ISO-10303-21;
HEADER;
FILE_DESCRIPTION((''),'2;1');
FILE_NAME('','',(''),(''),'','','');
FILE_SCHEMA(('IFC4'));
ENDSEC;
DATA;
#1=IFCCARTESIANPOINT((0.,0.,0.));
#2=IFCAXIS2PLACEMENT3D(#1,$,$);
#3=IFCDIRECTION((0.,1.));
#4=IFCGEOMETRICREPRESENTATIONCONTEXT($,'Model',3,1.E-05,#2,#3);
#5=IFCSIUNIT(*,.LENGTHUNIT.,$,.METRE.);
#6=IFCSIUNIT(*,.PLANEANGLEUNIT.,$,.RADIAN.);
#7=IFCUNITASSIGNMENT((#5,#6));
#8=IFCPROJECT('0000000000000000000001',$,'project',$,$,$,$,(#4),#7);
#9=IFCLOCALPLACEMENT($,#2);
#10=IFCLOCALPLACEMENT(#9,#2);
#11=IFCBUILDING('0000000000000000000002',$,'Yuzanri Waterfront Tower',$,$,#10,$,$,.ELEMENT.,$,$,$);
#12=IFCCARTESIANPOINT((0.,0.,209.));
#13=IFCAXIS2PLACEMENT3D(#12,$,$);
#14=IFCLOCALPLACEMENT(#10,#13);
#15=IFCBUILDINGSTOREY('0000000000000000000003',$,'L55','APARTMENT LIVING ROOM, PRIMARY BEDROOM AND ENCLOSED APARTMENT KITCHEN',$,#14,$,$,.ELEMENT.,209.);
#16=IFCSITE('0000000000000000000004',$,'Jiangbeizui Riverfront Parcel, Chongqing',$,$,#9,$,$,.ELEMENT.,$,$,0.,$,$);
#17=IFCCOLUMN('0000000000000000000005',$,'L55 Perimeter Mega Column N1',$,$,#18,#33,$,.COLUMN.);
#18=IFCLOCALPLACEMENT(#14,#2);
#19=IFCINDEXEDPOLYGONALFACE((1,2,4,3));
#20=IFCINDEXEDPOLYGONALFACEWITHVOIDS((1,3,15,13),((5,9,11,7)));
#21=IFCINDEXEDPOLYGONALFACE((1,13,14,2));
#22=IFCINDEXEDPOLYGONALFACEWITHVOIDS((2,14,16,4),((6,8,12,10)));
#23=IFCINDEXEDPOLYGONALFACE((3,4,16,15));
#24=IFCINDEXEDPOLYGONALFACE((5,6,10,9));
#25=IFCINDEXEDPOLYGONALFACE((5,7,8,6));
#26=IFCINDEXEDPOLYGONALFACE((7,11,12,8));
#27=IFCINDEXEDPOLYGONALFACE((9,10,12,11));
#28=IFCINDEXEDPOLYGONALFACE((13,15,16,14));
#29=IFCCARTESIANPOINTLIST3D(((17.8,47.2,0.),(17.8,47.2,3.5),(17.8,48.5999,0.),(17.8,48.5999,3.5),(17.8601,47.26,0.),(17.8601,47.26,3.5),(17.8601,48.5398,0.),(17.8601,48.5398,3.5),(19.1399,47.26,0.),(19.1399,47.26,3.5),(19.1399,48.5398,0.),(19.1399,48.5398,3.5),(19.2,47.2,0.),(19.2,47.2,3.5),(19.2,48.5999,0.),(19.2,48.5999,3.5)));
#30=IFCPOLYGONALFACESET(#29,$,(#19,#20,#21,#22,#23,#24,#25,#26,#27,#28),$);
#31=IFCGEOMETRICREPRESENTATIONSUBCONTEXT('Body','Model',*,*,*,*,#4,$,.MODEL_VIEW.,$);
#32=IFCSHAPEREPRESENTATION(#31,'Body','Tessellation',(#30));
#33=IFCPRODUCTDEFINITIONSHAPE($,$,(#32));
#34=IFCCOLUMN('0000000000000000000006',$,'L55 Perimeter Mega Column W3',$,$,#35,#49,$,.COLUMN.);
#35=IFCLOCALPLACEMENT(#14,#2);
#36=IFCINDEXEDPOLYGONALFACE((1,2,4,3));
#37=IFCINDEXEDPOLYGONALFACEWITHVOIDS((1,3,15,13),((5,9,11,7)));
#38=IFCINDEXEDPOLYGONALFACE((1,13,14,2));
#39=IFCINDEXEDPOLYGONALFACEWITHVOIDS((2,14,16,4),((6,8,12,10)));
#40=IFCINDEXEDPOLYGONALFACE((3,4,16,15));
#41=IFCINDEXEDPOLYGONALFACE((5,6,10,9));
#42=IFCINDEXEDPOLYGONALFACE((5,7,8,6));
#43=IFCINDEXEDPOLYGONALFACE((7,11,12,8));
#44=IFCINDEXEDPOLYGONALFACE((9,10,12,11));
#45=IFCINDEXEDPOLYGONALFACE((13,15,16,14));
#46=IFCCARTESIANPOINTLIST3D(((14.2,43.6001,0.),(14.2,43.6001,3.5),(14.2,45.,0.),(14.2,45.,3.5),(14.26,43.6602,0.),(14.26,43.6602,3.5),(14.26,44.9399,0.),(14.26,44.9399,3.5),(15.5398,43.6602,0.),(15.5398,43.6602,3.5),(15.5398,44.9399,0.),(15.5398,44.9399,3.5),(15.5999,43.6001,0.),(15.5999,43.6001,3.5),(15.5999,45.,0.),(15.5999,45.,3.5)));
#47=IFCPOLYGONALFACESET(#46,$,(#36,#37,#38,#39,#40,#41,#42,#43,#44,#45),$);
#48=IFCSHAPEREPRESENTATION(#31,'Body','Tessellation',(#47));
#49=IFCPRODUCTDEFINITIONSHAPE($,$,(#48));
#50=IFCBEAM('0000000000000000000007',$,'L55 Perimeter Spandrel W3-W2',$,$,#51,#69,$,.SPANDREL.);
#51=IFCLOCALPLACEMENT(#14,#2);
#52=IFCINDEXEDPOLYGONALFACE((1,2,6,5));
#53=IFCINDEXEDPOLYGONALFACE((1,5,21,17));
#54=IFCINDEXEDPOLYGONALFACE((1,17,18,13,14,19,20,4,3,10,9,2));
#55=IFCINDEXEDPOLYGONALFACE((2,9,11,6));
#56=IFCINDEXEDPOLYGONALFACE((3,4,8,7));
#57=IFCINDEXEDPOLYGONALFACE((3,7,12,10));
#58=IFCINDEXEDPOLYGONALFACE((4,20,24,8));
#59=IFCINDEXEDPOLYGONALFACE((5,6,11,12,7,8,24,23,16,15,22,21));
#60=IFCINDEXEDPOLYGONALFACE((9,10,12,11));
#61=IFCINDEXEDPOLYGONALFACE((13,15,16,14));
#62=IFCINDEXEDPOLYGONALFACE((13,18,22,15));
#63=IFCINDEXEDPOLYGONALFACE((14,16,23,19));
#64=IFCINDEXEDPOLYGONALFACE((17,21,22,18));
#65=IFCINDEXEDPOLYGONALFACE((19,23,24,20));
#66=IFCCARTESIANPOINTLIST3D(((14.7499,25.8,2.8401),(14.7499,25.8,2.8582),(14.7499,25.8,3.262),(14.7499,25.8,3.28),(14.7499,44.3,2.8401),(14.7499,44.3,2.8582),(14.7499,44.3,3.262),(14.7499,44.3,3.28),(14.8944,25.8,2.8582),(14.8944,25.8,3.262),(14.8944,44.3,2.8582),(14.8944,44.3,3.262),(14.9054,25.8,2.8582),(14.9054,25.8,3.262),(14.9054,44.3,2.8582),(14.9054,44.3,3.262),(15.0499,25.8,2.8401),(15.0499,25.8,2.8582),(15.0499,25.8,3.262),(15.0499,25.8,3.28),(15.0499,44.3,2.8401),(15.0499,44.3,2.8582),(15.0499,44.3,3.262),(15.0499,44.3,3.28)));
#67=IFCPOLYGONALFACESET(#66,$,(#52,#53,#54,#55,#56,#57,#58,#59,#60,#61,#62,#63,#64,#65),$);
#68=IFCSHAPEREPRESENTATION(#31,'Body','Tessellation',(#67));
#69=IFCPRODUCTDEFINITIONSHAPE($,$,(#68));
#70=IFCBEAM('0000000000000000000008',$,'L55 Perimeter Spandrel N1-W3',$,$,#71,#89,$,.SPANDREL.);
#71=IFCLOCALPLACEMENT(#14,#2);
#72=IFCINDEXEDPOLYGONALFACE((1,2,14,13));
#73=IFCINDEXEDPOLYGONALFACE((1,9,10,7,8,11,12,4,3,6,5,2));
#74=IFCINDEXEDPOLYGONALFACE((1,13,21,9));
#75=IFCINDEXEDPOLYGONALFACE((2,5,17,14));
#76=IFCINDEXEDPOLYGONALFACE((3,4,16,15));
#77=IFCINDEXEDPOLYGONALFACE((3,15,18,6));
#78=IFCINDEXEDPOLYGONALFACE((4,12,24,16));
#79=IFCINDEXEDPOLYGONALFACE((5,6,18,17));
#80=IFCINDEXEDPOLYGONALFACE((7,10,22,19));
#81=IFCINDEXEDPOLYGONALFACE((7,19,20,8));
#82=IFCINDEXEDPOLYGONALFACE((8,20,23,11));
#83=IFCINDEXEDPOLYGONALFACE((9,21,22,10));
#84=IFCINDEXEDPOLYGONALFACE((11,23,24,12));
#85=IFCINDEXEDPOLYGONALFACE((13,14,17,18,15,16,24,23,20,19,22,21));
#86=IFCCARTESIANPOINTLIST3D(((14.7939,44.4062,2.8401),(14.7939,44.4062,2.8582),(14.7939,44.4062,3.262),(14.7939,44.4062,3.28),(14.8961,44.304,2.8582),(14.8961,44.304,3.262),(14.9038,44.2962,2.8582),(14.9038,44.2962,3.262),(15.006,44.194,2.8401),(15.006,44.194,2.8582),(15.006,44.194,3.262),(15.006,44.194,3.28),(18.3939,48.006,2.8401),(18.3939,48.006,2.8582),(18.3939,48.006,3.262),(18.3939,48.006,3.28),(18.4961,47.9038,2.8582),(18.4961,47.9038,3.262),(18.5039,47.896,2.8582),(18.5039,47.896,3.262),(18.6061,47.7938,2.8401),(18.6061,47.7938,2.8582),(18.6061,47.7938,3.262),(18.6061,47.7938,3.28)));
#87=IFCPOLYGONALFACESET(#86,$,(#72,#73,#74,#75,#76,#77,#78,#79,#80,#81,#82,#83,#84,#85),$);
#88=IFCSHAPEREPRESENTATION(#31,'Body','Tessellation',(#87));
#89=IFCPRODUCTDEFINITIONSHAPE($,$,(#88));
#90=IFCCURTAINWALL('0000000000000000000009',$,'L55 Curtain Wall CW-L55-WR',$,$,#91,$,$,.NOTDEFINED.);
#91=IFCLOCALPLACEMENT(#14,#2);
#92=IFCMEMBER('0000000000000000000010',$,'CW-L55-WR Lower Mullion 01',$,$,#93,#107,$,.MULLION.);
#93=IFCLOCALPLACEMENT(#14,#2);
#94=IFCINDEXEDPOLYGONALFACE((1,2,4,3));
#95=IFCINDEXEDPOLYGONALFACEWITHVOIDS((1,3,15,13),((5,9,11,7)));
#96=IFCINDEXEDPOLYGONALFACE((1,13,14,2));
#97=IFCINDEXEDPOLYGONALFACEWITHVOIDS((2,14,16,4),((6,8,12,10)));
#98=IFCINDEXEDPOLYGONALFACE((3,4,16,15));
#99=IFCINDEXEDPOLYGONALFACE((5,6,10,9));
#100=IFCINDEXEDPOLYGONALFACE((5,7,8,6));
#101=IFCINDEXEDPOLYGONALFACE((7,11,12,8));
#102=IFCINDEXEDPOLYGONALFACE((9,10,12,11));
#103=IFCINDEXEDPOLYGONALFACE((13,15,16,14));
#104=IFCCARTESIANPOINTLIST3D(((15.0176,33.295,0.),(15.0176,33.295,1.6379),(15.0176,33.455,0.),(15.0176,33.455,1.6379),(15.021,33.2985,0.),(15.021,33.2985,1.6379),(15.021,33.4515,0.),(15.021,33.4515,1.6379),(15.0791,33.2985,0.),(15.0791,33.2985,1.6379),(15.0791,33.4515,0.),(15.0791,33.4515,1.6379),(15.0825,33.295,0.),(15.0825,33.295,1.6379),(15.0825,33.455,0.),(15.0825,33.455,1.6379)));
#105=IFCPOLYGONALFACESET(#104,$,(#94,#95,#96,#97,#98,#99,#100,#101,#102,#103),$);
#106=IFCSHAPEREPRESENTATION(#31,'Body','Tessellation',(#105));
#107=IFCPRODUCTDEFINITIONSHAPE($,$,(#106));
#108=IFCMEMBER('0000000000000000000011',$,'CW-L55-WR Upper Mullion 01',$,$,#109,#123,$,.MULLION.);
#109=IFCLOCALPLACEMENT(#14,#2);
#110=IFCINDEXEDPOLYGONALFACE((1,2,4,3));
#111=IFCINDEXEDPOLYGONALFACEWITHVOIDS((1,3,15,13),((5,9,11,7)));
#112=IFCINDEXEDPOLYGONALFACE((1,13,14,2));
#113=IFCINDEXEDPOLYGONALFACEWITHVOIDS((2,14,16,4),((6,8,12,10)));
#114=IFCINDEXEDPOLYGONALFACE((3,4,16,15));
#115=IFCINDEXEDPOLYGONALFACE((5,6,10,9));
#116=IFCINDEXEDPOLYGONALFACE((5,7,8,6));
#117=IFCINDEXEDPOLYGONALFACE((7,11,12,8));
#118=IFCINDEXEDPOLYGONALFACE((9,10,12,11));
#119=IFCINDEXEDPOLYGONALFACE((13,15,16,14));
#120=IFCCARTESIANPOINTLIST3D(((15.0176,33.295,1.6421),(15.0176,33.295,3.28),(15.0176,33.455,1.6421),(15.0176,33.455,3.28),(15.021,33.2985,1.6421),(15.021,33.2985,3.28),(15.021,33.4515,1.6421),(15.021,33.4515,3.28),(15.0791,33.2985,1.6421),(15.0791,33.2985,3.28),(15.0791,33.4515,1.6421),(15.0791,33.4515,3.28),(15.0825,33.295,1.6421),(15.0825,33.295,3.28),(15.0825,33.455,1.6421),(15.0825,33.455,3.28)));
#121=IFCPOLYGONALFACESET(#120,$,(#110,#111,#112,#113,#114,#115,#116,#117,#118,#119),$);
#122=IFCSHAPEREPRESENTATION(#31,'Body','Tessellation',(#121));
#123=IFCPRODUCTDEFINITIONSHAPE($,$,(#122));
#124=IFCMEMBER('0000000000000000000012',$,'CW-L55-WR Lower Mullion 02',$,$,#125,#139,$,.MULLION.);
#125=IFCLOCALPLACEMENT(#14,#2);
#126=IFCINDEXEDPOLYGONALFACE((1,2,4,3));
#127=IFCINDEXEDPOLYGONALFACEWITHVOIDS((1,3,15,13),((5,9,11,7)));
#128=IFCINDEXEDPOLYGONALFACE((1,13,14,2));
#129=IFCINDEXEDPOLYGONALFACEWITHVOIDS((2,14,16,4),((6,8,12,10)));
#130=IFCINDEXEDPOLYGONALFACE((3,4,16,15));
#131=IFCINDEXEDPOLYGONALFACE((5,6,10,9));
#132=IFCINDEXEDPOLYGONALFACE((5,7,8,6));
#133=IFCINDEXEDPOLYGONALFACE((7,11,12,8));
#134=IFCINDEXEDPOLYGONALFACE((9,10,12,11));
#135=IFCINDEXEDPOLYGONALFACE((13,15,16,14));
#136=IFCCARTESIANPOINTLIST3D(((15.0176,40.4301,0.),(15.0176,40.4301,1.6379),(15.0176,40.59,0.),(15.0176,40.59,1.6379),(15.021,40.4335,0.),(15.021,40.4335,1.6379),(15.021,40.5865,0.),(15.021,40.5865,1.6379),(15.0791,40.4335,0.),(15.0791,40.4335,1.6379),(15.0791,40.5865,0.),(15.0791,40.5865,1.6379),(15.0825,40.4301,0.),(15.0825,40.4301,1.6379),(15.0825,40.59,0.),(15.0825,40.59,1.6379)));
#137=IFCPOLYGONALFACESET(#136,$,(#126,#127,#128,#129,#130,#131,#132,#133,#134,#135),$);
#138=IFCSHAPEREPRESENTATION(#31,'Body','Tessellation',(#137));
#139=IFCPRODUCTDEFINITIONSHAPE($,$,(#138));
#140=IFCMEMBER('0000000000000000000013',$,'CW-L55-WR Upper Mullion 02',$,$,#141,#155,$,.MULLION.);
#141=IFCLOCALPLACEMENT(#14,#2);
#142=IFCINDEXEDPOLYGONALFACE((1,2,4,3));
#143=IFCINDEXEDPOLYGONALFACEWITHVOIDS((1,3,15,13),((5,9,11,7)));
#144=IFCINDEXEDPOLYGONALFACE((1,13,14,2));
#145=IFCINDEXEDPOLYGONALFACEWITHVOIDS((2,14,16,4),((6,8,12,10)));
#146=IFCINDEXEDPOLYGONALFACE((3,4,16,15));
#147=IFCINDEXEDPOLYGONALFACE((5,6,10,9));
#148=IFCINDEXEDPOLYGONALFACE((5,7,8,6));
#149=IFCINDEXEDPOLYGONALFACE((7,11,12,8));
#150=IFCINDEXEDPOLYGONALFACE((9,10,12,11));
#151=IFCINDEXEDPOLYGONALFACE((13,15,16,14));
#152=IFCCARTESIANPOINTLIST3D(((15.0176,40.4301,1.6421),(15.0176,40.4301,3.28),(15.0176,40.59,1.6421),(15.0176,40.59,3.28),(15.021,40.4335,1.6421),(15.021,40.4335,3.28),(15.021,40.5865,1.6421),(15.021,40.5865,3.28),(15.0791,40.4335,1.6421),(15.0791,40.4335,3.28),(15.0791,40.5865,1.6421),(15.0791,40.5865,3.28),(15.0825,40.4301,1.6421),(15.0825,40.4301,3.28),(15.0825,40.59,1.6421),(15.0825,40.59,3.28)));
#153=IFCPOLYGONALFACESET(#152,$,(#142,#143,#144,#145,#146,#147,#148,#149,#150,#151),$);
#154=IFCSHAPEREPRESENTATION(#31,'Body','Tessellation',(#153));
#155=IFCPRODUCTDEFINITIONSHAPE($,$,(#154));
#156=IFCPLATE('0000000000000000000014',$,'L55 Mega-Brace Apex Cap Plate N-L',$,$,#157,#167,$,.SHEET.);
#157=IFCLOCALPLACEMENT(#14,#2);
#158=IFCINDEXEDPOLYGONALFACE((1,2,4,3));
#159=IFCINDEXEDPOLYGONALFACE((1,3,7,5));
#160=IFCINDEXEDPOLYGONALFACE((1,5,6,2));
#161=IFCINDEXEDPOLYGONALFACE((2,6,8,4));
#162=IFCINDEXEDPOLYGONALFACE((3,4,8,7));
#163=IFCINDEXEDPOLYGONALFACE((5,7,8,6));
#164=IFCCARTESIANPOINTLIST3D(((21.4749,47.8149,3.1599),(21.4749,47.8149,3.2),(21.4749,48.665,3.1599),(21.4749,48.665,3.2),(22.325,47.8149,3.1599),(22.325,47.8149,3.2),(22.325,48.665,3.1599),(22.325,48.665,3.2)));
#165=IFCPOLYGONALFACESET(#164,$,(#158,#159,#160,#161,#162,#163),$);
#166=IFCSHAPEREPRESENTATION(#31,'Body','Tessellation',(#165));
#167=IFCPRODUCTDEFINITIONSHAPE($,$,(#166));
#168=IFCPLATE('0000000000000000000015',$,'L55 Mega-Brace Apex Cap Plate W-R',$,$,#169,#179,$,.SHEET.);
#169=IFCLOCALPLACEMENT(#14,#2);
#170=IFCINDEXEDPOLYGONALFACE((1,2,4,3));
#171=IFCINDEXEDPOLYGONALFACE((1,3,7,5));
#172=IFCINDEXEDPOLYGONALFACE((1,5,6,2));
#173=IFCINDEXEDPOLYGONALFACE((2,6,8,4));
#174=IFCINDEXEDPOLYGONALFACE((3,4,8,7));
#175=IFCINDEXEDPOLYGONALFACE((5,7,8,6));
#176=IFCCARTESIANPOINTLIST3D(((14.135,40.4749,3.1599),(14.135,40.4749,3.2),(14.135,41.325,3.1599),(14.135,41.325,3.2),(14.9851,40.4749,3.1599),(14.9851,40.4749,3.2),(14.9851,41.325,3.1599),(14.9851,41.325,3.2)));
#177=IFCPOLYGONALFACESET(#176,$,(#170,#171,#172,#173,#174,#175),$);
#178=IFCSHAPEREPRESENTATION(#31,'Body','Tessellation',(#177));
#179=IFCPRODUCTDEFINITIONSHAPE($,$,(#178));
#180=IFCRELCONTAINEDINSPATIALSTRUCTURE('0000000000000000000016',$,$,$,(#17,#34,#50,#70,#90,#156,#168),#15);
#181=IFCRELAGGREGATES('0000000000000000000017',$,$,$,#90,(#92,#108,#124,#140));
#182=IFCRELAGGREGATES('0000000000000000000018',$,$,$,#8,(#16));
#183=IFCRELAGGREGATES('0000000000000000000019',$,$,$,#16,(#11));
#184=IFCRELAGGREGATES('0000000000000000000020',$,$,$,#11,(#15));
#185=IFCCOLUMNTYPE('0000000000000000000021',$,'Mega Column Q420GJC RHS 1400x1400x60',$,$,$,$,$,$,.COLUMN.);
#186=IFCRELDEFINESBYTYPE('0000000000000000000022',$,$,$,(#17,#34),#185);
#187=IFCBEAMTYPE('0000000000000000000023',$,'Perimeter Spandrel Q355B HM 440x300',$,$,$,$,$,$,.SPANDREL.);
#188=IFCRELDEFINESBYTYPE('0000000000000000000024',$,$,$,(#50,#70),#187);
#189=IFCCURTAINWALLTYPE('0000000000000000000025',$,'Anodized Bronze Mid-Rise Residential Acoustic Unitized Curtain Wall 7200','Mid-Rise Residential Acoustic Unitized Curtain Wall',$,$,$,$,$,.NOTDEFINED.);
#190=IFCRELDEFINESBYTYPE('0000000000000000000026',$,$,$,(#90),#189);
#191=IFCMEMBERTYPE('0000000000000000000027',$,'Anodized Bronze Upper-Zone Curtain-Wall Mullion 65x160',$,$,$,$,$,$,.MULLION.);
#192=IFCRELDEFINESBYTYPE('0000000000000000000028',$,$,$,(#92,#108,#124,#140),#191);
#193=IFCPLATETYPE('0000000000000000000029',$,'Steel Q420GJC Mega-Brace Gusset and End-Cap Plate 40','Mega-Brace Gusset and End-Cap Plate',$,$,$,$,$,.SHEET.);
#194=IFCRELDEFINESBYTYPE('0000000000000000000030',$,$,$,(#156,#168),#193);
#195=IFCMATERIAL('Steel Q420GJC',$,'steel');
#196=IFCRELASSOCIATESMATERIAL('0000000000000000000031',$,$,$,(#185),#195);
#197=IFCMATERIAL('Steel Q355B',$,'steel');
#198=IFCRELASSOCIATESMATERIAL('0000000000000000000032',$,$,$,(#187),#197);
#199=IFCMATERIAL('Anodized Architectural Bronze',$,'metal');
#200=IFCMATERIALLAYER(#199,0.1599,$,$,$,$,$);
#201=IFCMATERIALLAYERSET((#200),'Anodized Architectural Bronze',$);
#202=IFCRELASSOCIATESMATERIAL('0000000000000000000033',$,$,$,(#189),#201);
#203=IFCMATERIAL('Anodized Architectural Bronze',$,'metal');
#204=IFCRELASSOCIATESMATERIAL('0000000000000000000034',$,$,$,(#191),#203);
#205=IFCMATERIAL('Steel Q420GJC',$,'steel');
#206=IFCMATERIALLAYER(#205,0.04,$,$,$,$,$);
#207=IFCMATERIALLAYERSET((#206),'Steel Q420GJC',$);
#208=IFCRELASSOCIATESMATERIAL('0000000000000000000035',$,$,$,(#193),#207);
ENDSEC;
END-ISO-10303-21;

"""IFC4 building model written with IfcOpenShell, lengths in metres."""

from ifc_helpers import new_model, si_unit, direction, frame, origin, origin_2d, place, context, subcontext, project, spatial, rectangle, hollow_rectangle, i_section, extrude, source, transform, mapped, material, layer, layer_set, material_profile, profile_set, type_object, element, aggregate, save


model = new_model("IFC4")

# Units and contexts
model_context = context("Model", 3, precision=1e-05, world=origin(), true_north=direction((0.0, 1.0)))
body_context = subcontext(model_context, "Body", "Model", "MODEL_VIEW")
ifc_project = project(units=[si_unit("LENGTHUNIT", "METRE"), si_unit("PLANEANGLEUNIT", "RADIAN")], contexts=[model_context])

# Site, building, storey
site_placement = place(None, origin())
site = spatial("IfcSite", under=ifc_project, at=site_placement, Name="Jiangbeizui Riverfront Parcel, Chongqing", CompositionType="ELEMENT", RefElevation=0.0)
building_placement = place(site_placement, origin())
building = spatial("IfcBuilding", under=site, at=building_placement, Name="Yuzanri Waterfront Tower", CompositionType="ELEMENT")
storey_placement = place(building_placement, frame((0.0, 0.0, 209.0)))
storey = spatial("IfcBuildingStorey", under=building, at=storey_placement, Name="L55", Description="APARTMENT LIVING ROOM, PRIMARY BEDROOM AND ENCLOSED APARTMENT KITCHEN", CompositionType="ELEMENT", Elevation=209.0)

# Columns
ifc_material_1 = material(Name="Steel Q420GJC", Category="steel")
ifc_material_profile_1 = material_profile(ifc_material_1, hollow_rectangle(XDim=1.3999, YDim=1.3999, WallThickness=0.0601, at=origin_2d()), Name="RHS 1400x1400x60")
ifc_profile_set_1 = profile_set([ifc_material_profile_1], Name="Steel Q420GJC")
column_type = type_object("IfcColumnType", Name="Mega Column Q420GJC RHS 1400x1400x60", PredefinedType="COLUMN", material=ifc_profile_set_1)
shared_shape_1 = source(origin(), body_context, "Body", "SweptSolid", [
    extrude(hollow_rectangle(XDim=1.3999, YDim=1.3999, WallThickness=0.0601, at=origin_2d()), origin(), (0.0, 0.0, 1.0), 3.5),
])
for number, where, z_axis, x_axis, name in (
    (1, (18.5, 47.8999, 0.0), (0.0, 0.0, 1.0), (1.0, 0.0, 0.0), "L55 Perimeter Mega Column N1"),
    (2, (14.8999, 44.3, 0.0), (0.0, 0.0, 1.0), (1.0, 0.0, 0.0), "L55 Perimeter Mega Column W3"),
):
    element("IfcColumn", number, at=place(storey_placement, frame(where, z_axis=z_axis, x_axis=x_axis)), inside=storey, type_object=column_type, Name=name, PredefinedType="COLUMN", context=body_context, shape_type="MappedRepresentation", body=[
        mapped(shared_shape_1, transform((0.0, 0.0, 0.0), scale=1.0)),
    ])

# Beams
ifc_material_2 = material(Name="Steel Q355B", Category="steel")
ifc_material_profile_2 = material_profile(ifc_material_2, i_section(OverallWidth=0.3, OverallDepth=0.4399, WebThickness=0.011, FlangeThickness=0.0181, at=origin_2d()), Name="HM 440x300x11x18")
ifc_profile_set_2 = profile_set([ifc_material_profile_2], Name="Steel Q355B")
beam_type = type_object("IfcBeamType", Name="Perimeter Spandrel Q355B HM 440x300", PredefinedType="SPANDREL", material=ifc_profile_set_2)
shared_shape_2 = source(origin(), body_context, "Body", "SweptSolid", [
    extrude(i_section(OverallWidth=0.3, OverallDepth=0.4399, WebThickness=0.011, FlangeThickness=0.0181, at=origin_2d()), origin(), (0.0, 0.0, 1.0), 18.5),
])
beam_1_placement = place(storey_placement, frame((14.8999, 44.3, 3.0601), z_axis=(0.0, -1.0, 0.0), x_axis=(1.0, 0.0, 0.0)))
element("IfcBeam", 3, at=beam_1_placement, inside=storey, type_object=beam_type, Name="L55 Perimeter Spandrel W3-W2", PredefinedType="SPANDREL", context=body_context, shape_type="MappedRepresentation", body=[
    mapped(shared_shape_2, transform((0.0, 0.0, 0.0), scale=1.0)),
])
shared_shape_3 = source(origin(), body_context, "Body", "SweptSolid", [
    extrude(i_section(OverallWidth=0.3, OverallDepth=0.4399, WebThickness=0.011, FlangeThickness=0.0181, at=origin_2d()), origin(), (0.0, 0.0, 1.0), 5.0911),
])
beam_2_placement = place(storey_placement, frame((18.5, 47.8999, 3.0601), z_axis=(-0.707131, -0.707083, 0.0), x_axis=(0.707083, -0.707131, 0.0)))
element("IfcBeam", 4, at=beam_2_placement, inside=storey, type_object=beam_type, Name="L55 Perimeter Spandrel N1-W3", PredefinedType="SPANDREL", context=body_context, shape_type="MappedRepresentation", body=[
    mapped(shared_shape_3, transform((0.0, 0.0, 0.0), scale=1.0)),
])

# Curtain wall, members
ifc_material_3 = material(Name="Anodized Architectural Bronze", Category="metal")
ifc_layer_1 = layer(ifc_material_3, 0.1599)
ifc_layer_set_1 = layer_set([ifc_layer_1], Name="Anodized Architectural Bronze")
curtain_wall_type = type_object("IfcCurtainWallType", Name="Anodized Bronze Mid-Rise Residential Acoustic Unitized Curtain Wall 7200", Description="Mid-Rise Residential Acoustic Unitized Curtain Wall", PredefinedType="NOTDEFINED", material=ifc_layer_set_1)
curtain_wall_placement = place(storey_placement, origin())
curtain_wall = element("IfcCurtainWall", 5, at=curtain_wall_placement, inside=storey, type_object=curtain_wall_type, Name="L55 Curtain Wall CW-L55-WR", PredefinedType="NOTDEFINED")
ifc_material_4 = material(Name="Anodized Architectural Bronze", Category="metal")
ifc_material_profile_3 = material_profile(ifc_material_4, hollow_rectangle(XDim=0.0649, YDim=0.1599, WallThickness=0.0034, at=origin_2d()), Name="CWM 65x160")
ifc_profile_set_3 = profile_set([ifc_material_profile_3], Name="Anodized Architectural Bronze")
member_type = type_object("IfcMemberType", Name="Anodized Bronze Upper-Zone Curtain-Wall Mullion 65x160", PredefinedType="MULLION", material=ifc_profile_set_3)
shared_shape_4 = source(origin(), body_context, "Body", "SweptSolid", [
    extrude(hollow_rectangle(XDim=0.0649, YDim=0.1599, WallThickness=0.0034, at=origin_2d()), origin(), (0.0, 0.0, 1.0), 1.6379),
])
member_1_placement = place(storey_placement, frame((15.05, 33.375, 0.0), z_axis=(0.0, 0.0, 1.0), x_axis=(1.0, 0.0, 0.0)))
member_1 = element("IfcMember", 6, at=member_1_placement, type_object=member_type, Name="CW-L55-WR Lower Mullion 01", PredefinedType="MULLION", context=body_context, shape_type="MappedRepresentation", body=[
    mapped(shared_shape_4, transform((0.0, 0.0, 0.0), scale=1.0)),
])
member_2_placement = place(storey_placement, frame((15.05, 33.375, 1.6421), z_axis=(0.0, 0.0, 1.0), x_axis=(1.0, 0.0, 0.0)))
member_2 = element("IfcMember", 7, at=member_2_placement, type_object=member_type, Name="CW-L55-WR Upper Mullion 01", PredefinedType="MULLION", context=body_context, shape_type="MappedRepresentation", body=[
    mapped(shared_shape_4, transform((0.0, 0.0, 0.0), scale=1.0)),
])
member_3_placement = place(storey_placement, frame((15.05, 40.51, 0.0), z_axis=(0.0, 0.0, 1.0), x_axis=(1.0, 0.0, 0.0)))
member_3 = element("IfcMember", 8, at=member_3_placement, type_object=member_type, Name="CW-L55-WR Lower Mullion 02", PredefinedType="MULLION", context=body_context, shape_type="MappedRepresentation", body=[
    mapped(shared_shape_4, transform((0.0, 0.0, 0.0), scale=1.0)),
])
member_4_placement = place(storey_placement, frame((15.05, 40.51, 1.6421), z_axis=(0.0, 0.0, 1.0), x_axis=(1.0, 0.0, 0.0)))
member_4 = element("IfcMember", 9, at=member_4_placement, type_object=member_type, Name="CW-L55-WR Upper Mullion 02", PredefinedType="MULLION", context=body_context, shape_type="MappedRepresentation", body=[
    mapped(shared_shape_4, transform((0.0, 0.0, 0.0), scale=1.0)),
])

# Plates
ifc_material_5 = material(Name="Steel Q420GJC", Category="steel")
ifc_layer_2 = layer(ifc_material_5, 0.04)
ifc_layer_set_2 = layer_set([ifc_layer_2], Name="Steel Q420GJC")
plate_type_1 = type_object("IfcPlateType", Name="Steel Q420GJC Mega-Brace Gusset and End-Cap Plate 40", Description="Mega-Brace Gusset and End-Cap Plate", PredefinedType="SHEET", material=ifc_layer_set_2)
shared_shape_5 = source(origin(), body_context, "Body", "SweptSolid", [
    extrude(rectangle(XDim=0.8501, YDim=0.8501, at=origin_2d()), origin(), (0.0, 0.0, 1.0), 0.04),
])
for number, where, z_axis, x_axis, name in (
    (10, (21.8999, 48.24, 3.1599), (0.0, 0.0, 1.0), (1.0, 0.0, 0.0), "L55 Mega-Brace Apex Cap Plate N-L"),
    (11, (14.5601, 40.8999, 3.1599), (0.0, 0.0, 1.0), (1.0, 0.0, 0.0), "L55 Mega-Brace Apex Cap Plate W-R"),
):
    element("IfcPlate", number, at=place(storey_placement, frame(where, z_axis=z_axis, x_axis=x_axis)), inside=storey, type_object=plate_type_1, Name=name, PredefinedType="SHEET", context=body_context, shape_type="MappedRepresentation", body=[
        mapped(shared_shape_5, transform((0.0, 0.0, 0.0), scale=1.0)),
    ])

aggregate(curtain_wall, [member_1, member_2, member_3, member_4])

save(model, "model.ifc")
